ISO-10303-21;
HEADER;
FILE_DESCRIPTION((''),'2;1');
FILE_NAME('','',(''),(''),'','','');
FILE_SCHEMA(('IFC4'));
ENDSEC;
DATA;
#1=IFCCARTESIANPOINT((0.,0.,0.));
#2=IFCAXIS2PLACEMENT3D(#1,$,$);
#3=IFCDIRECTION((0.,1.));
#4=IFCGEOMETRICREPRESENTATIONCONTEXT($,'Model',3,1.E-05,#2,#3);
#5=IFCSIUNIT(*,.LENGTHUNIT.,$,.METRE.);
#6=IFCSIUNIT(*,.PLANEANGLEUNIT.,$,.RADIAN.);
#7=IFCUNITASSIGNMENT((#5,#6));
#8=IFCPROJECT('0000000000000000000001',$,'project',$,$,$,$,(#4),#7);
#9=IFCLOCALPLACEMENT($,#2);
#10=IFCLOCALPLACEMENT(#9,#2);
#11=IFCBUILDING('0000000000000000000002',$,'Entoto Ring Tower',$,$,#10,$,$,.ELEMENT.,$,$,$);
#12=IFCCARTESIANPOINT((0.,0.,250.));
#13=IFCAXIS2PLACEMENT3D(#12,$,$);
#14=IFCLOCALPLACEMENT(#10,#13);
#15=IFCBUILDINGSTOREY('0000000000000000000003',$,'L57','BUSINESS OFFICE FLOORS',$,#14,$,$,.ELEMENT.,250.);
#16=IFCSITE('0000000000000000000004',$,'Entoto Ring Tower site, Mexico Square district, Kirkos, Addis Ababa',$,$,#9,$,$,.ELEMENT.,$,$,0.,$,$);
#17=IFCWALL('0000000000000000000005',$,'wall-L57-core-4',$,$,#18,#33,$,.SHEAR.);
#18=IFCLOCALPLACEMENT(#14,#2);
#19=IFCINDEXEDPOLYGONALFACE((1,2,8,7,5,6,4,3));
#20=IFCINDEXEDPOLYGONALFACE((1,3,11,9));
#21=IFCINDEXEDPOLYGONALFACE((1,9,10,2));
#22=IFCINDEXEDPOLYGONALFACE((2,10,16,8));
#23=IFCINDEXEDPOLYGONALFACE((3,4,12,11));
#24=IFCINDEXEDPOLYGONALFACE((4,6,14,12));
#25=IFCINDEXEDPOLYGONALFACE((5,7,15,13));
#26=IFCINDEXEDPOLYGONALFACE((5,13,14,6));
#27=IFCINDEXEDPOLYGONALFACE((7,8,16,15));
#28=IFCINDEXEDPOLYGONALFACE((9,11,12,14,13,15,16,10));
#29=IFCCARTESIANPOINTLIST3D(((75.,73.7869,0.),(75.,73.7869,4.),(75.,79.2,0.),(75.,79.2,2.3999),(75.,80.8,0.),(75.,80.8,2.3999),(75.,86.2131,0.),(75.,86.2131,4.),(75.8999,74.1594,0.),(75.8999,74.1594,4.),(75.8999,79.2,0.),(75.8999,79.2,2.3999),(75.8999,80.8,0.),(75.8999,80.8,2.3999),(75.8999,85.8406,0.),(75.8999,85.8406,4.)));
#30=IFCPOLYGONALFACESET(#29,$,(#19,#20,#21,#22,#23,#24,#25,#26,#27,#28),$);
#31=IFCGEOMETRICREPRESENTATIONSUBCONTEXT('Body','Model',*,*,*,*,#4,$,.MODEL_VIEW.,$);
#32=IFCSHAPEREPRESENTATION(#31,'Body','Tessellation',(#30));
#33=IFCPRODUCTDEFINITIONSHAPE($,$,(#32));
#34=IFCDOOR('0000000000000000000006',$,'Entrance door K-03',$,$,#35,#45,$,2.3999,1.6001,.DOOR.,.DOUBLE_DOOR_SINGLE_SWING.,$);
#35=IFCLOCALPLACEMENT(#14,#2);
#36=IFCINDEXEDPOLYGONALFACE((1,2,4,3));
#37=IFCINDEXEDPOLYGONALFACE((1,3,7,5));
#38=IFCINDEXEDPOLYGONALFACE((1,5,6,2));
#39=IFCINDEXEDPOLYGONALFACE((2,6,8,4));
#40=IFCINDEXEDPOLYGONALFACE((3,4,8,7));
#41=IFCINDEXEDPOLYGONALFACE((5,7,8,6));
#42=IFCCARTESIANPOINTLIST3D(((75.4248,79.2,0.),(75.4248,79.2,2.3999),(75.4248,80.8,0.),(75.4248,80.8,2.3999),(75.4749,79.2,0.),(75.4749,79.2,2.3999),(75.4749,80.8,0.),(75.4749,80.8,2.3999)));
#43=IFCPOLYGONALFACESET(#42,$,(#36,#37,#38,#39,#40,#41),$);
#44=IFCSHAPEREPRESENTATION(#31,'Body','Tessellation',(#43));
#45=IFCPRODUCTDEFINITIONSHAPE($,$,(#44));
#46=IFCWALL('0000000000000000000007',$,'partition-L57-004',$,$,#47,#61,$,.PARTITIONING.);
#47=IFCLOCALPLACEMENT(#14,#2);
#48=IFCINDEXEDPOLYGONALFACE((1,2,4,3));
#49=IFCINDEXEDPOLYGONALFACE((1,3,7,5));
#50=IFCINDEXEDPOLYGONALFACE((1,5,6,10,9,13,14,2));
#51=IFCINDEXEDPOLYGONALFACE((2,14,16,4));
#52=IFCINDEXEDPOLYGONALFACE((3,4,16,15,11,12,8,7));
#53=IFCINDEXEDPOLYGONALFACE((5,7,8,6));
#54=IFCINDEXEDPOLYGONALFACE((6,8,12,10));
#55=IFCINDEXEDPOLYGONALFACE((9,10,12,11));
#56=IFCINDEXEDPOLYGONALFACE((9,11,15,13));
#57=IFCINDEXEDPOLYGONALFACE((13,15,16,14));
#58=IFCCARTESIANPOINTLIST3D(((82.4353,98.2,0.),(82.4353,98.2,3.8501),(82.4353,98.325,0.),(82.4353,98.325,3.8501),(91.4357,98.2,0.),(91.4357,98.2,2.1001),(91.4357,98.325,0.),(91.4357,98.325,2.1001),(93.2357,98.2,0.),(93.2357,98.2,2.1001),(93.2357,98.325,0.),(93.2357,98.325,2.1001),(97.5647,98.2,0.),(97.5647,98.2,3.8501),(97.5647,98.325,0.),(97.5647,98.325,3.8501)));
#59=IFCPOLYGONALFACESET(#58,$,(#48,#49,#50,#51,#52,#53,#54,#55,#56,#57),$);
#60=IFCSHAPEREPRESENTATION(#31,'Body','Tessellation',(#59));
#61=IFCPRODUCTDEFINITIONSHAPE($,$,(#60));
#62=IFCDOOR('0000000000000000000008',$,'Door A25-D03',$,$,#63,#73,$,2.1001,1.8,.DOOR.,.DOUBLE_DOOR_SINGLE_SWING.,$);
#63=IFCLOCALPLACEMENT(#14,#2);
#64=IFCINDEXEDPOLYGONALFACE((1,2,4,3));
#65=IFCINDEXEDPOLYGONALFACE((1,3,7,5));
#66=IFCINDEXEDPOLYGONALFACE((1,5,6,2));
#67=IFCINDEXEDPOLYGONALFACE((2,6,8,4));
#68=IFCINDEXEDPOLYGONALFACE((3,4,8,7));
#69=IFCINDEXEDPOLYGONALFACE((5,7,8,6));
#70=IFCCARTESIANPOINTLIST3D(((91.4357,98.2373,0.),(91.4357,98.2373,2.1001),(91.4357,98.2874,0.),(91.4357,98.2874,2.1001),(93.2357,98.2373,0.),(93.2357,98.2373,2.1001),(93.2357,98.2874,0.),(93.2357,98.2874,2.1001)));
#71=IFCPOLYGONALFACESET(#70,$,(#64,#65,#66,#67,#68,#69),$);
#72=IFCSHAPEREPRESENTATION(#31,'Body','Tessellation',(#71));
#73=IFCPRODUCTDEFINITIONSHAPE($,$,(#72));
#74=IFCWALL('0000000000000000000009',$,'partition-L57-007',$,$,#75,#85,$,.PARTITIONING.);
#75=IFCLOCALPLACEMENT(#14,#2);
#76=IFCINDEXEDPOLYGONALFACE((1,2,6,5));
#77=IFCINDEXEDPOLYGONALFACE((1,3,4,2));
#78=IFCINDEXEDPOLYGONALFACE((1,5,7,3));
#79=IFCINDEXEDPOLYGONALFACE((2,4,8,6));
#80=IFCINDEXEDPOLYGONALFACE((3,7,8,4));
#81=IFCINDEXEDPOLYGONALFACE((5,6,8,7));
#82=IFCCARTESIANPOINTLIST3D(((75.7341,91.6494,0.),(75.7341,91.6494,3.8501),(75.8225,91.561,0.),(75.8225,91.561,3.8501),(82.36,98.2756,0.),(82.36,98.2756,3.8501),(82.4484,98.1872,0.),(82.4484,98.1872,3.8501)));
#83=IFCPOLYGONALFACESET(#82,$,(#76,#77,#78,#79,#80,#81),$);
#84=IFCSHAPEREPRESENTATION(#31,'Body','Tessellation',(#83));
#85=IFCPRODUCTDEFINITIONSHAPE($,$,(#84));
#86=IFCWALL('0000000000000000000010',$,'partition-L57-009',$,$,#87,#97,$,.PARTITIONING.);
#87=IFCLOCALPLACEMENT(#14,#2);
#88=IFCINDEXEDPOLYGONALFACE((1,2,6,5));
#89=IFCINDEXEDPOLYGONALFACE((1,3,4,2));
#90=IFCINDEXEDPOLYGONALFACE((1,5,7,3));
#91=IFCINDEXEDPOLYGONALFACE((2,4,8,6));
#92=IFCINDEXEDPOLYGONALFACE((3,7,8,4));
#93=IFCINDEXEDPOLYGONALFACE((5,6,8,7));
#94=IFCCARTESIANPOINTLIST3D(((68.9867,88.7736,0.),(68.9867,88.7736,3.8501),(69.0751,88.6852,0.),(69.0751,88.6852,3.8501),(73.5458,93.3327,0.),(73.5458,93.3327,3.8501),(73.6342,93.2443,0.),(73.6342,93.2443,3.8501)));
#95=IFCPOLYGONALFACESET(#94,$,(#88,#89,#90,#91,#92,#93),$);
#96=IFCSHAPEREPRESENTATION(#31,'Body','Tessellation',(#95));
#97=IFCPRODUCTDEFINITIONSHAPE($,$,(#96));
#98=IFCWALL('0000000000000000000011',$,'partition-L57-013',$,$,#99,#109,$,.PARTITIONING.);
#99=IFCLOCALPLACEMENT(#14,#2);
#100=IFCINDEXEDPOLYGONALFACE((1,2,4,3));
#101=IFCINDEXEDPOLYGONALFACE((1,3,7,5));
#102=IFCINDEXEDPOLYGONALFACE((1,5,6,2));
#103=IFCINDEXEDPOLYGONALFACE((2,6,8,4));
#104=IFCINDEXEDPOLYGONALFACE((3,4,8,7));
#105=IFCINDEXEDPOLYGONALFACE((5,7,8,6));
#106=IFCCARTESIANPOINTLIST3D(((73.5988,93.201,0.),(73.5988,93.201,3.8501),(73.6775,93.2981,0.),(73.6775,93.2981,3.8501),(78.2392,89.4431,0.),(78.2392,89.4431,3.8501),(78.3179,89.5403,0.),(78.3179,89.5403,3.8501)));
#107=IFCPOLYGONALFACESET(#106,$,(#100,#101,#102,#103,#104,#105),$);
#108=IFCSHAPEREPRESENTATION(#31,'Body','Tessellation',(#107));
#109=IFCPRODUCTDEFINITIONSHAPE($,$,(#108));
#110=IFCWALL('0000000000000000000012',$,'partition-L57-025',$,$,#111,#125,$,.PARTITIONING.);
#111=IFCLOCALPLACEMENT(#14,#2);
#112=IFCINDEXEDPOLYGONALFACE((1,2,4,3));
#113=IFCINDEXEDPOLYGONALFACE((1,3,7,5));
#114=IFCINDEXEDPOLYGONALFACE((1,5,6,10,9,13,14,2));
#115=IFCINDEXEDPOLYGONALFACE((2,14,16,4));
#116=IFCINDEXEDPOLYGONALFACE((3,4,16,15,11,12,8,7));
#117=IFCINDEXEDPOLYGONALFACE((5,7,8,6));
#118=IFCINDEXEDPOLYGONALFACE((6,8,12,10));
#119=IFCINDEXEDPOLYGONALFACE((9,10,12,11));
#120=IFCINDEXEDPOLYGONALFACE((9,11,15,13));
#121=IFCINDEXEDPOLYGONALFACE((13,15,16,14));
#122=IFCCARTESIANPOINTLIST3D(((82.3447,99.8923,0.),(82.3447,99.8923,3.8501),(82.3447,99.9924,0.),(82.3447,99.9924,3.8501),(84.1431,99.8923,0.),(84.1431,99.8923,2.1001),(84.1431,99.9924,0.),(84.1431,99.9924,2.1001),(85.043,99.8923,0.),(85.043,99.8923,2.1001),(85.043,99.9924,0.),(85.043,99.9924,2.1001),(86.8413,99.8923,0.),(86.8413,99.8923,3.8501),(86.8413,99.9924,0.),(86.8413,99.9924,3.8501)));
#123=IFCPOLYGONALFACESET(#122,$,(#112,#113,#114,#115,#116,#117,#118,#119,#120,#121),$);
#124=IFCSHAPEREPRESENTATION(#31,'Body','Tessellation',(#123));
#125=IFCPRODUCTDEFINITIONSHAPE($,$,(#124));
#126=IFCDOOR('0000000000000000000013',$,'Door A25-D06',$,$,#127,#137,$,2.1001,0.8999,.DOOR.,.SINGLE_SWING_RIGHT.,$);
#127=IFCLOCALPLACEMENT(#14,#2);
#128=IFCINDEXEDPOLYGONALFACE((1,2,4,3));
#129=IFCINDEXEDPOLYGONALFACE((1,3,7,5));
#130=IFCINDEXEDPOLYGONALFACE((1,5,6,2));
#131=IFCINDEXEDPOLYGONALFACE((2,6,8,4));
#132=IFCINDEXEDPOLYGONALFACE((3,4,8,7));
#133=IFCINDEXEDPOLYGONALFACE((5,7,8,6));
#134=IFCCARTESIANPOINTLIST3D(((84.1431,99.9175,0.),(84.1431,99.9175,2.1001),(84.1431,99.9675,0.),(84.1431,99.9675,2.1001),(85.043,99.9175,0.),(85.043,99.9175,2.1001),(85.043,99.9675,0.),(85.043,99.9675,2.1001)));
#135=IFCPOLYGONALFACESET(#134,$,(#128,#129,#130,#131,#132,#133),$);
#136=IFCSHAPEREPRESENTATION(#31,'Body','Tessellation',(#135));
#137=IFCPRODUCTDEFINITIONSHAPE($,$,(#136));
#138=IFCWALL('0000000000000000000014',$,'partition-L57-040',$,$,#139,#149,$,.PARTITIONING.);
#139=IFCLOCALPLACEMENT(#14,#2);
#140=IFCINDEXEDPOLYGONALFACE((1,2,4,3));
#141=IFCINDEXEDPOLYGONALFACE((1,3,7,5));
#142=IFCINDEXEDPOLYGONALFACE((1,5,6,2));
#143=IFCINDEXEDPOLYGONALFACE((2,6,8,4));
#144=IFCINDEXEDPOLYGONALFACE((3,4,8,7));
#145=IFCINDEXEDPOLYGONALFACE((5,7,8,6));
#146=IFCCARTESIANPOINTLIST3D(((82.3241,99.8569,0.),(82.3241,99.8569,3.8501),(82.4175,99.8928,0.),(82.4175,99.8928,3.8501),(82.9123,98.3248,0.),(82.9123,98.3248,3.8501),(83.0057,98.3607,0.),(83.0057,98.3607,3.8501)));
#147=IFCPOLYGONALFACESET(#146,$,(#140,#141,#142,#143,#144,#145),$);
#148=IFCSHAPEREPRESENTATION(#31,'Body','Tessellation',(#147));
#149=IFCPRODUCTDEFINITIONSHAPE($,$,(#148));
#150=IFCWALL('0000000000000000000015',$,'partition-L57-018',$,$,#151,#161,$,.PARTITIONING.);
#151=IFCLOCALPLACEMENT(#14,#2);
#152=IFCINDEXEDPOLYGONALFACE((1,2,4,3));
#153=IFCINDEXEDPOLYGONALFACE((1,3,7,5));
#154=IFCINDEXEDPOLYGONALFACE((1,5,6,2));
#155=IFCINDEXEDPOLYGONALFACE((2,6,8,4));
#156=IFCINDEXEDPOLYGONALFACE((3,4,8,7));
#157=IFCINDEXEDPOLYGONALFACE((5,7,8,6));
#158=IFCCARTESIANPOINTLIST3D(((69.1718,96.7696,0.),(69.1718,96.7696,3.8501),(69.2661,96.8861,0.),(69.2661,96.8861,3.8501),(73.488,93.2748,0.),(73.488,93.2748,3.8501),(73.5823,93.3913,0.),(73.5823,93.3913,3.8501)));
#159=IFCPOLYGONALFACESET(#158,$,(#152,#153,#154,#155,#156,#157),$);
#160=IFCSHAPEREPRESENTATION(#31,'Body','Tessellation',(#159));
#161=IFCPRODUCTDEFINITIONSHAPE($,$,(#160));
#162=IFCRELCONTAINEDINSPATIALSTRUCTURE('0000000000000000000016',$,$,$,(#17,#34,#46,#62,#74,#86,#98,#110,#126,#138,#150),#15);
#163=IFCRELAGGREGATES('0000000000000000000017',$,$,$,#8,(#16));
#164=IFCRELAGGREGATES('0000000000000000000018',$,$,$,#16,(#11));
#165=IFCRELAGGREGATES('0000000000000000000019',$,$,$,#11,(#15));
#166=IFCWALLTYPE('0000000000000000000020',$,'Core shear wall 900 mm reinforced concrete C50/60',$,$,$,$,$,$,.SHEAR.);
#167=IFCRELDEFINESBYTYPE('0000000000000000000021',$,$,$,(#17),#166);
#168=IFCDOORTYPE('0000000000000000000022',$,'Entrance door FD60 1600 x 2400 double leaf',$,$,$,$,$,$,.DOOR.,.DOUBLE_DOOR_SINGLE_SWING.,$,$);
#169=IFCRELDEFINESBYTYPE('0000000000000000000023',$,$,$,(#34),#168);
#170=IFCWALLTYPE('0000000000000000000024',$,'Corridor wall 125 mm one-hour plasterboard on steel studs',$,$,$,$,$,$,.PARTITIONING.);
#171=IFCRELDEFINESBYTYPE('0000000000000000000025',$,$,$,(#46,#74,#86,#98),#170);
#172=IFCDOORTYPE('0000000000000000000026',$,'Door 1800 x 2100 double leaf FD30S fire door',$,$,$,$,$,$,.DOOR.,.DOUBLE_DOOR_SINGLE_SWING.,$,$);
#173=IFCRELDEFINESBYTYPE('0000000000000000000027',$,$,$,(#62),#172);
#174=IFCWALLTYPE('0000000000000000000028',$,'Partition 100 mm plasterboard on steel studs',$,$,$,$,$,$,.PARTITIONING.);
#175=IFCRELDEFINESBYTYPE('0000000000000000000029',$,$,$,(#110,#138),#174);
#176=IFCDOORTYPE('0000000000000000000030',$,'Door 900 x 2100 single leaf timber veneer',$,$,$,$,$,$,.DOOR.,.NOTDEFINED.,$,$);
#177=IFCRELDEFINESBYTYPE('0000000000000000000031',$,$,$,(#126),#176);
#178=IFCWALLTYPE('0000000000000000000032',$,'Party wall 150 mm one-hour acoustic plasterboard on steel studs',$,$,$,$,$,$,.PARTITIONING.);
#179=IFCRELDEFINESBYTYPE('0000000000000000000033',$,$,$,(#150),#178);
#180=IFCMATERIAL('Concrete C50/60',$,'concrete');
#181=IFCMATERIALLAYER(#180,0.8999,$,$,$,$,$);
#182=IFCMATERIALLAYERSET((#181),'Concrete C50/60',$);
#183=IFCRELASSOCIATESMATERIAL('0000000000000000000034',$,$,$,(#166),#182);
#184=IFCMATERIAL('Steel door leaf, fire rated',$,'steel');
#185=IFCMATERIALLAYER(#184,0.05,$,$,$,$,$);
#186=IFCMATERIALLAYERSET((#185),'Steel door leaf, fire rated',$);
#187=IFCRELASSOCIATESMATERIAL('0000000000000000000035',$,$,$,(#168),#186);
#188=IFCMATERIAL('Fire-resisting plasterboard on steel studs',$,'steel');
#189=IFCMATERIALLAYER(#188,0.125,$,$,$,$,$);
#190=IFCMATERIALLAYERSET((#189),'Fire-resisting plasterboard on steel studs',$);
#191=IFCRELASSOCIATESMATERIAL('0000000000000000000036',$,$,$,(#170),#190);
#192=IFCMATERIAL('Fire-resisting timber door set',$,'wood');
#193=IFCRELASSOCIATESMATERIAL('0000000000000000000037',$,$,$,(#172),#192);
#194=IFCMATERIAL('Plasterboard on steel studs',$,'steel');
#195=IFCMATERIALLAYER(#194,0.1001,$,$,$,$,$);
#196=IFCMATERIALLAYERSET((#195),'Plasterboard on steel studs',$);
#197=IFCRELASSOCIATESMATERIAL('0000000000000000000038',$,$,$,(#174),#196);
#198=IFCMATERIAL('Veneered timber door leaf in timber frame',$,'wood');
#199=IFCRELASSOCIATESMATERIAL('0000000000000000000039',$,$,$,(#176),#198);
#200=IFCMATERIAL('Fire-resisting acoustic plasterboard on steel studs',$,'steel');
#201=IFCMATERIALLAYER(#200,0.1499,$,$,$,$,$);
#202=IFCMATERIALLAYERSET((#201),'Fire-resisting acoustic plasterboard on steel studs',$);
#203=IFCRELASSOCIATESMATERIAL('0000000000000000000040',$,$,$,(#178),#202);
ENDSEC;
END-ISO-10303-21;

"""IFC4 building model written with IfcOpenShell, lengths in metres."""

from ifc_helpers import new_model, si_unit, direction, frame, frame_2d, origin, place, context, subcontext, project, spatial, polyline, rectangle, outline, extrude, material, layer, layer_set, type_object, element, fill, save


model = new_model("IFC4")

# Units and contexts
model_context = context("Model", 3, precision=1e-05, world=origin(), true_north=direction((0.0, 1.0)))
body_context = subcontext(model_context, "Body", "Model", "MODEL_VIEW")
ifc_project = project(units=[si_unit("LENGTHUNIT", "METRE"), si_unit("PLANEANGLEUNIT", "RADIAN")], contexts=[model_context])

# Site, building, storey
site_placement = place(None, origin())
site = spatial("IfcSite", under=ifc_project, at=site_placement, Name="Entoto Ring Tower site, Mexico Square district, Kirkos, Addis Ababa", CompositionType="ELEMENT", RefElevation=0.0)
building_placement = place(site_placement, origin())
building = spatial("IfcBuilding", under=site, at=building_placement, Name="Entoto Ring Tower", CompositionType="ELEMENT")
storey_placement = place(building_placement, frame((0.0, 0.0, 250.0)))
storey = spatial("IfcBuildingStorey", under=building, at=storey_placement, Name="L57", Description="BUSINESS OFFICE FLOORS", CompositionType="ELEMENT", Elevation=250.0)

# Shared definitions
ifc_material_1 = material(Name="Concrete C50/60", Category="concrete")
ifc_layer_1 = layer(ifc_material_1, 0.8999)
ifc_layer_set_1 = layer_set([ifc_layer_1], Name="Concrete C50/60")
wall_type_1 = type_object("IfcWallType", Name="Core shear wall 900 mm reinforced concrete C50/60", PredefinedType="SHEAR", material=ifc_layer_set_1)

# Walls, openings, doors
wall_1_placement = place(storey_placement, frame((75.45, 86.0269, 0.0), z_axis=(0.0, 0.0, 1.0), x_axis=(0.0, -1.0, 0.0)))
wall_1 = element("IfcWall", 1, at=wall_1_placement, inside=storey, type_object=wall_type_1, Name="wall-L57-core-4", PredefinedType="SHEAR", context=body_context, shape_type="SweptSolid", body=[
    extrude(outline(polyline([(-0.1863, -0.45), (12.24, -0.45), (11.8674, 0.45), (0.1863, 0.45), (-0.1863, -0.45)])), origin(), (0.0, 0.0, 1.0), 4.0),
])
opening_1_placement = place(wall_1_placement, frame((5.2268, 0.0, 0.0)))
opening_1 = element("IfcOpeningElement", 2, at=opening_1_placement, cuts=wall_1, PredefinedType="OPENING", context=body_context, shape_type="SweptSolid", body=[
    extrude(rectangle(XDim=1.6001, YDim=2.3999, at=frame_2d((0.8, 1.2))), frame((0.0, 0.46, 0.0), z_axis=(0.0, -1.0, 0.0), x_axis=(1.0, 0.0, 0.0)), (0.0, 0.0, 1.0), 0.9199),
])
ifc_material_2 = material(Name="Steel door leaf, fire rated", Category="steel")
ifc_layer_2 = layer(ifc_material_2, 0.05)
ifc_layer_set_2 = layer_set([ifc_layer_2], Name="Steel door leaf, fire rated")
door_type_1 = type_object("IfcDoorType", Name="Entrance door FD60 1600 x 2400 double leaf", OperationType="DOUBLE_DOOR_SINGLE_SWING", PredefinedType="DOOR", material=ifc_layer_set_2)
door_1_placement = place(opening_1_placement, origin())
door_1 = element("IfcDoor", 3, at=door_1_placement, inside=storey, type_object=door_type_1, Name="Entrance door K-03", OperationType="DOUBLE_DOOR_SINGLE_SWING", OverallHeight=2.3999, OverallWidth=1.6001, PredefinedType="DOOR", context=body_context, shape_type="SweptSolid", body=[
    extrude(rectangle(XDim=1.6001, YDim=2.3999, at=frame_2d((0.8, 1.2))), frame((0.0, 0.0249, 0.0), z_axis=(0.0, -1.0, 0.0), x_axis=(1.0, 0.0, 0.0)), (0.0, 0.0, 1.0), 0.05),
])
fill(opening_1, door_1)
ifc_material_3 = material(Name="Fire-resisting plasterboard on steel studs", Category="steel")
ifc_layer_3 = layer(ifc_material_3, 0.125)
ifc_layer_set_3 = layer_set([ifc_layer_3], Name="Fire-resisting plasterboard on steel studs")
wall_type_2 = type_object("IfcWallType", Name="Corridor wall 125 mm one-hour plasterboard on steel studs", PredefinedType="PARTITIONING", material=ifc_layer_set_3)
wall_2_placement = place(storey_placement, frame((82.4353, 98.2625, 0.0), z_axis=(0.0, 0.0, 1.0), x_axis=(1.0, 0.0, 0.0)))
wall_2 = element("IfcWall", 4, at=wall_2_placement, inside=storey, type_object=wall_type_2, Name="partition-L57-004", PredefinedType="PARTITIONING", context=body_context, shape_type="SweptSolid", body=[
    extrude(rectangle(XDim=15.1294, YDim=0.125, at=frame_2d((7.5647, 0.0))), origin(), (0.0, 0.0, 1.0), 3.8501),
])
opening_2_placement = place(wall_2_placement, frame((9.0005, 0.0, 0.0)))
opening_2 = element("IfcOpeningElement", 5, at=opening_2_placement, cuts=wall_2, PredefinedType="OPENING", context=body_context, shape_type="SweptSolid", body=[
    extrude(rectangle(XDim=1.8, YDim=2.1001, at=frame_2d((0.8999, 1.05))), frame((0.0, 0.0725, 0.0), z_axis=(0.0, -1.0, 0.0), x_axis=(1.0, 0.0, 0.0)), (0.0, 0.0, 1.0), 0.145),
])
ifc_material_4 = material(Name="Fire-resisting timber door set", Category="wood")
door_type_2 = type_object("IfcDoorType", Name="Door 1800 x 2100 double leaf FD30S fire door", OperationType="DOUBLE_DOOR_SINGLE_SWING", PredefinedType="DOOR", material=ifc_material_4)
door_2_placement = place(opening_2_placement, origin())
door_2 = element("IfcDoor", 6, at=door_2_placement, inside=storey, type_object=door_type_2, Name="Door A25-D03", OperationType="DOUBLE_DOOR_SINGLE_SWING", OverallHeight=2.1001, OverallWidth=1.8, PredefinedType="DOOR", context=body_context, shape_type="SweptSolid", body=[
    extrude(rectangle(XDim=1.8, YDim=2.1001, at=frame_2d((0.8999, 1.05))), frame((0.0, 0.0249, 0.0), z_axis=(0.0, -1.0, 0.0), x_axis=(1.0, 0.0, 0.0)), (0.0, 0.0, 1.0), 0.05),
])
fill(opening_2, door_2)

# Walls
wall_3_placement = place(storey_placement, frame((75.7783, 91.6052, 0.0), z_axis=(0.0, 0.0, 1.0), x_axis=(0.707094, 0.70712, 0.0)))
element("IfcWall", 7, at=wall_3_placement, inside=storey, type_object=wall_type_2, Name="partition-L57-007", PredefinedType="PARTITIONING", context=body_context, shape_type="SweptSolid", body=[
    extrude(rectangle(XDim=9.3706, YDim=0.125, at=frame_2d((4.6853, 0.0))), origin(), (0.0, 0.0, 1.0), 3.8501),
])
wall_4_placement = place(storey_placement, frame((69.031, 88.7295, 0.0), z_axis=(0.0, 0.0, 1.0), x_axis=(0.707107, 0.707107, 0.0)))
element("IfcWall", 8, at=wall_4_placement, inside=storey, type_object=wall_type_2, Name="partition-L57-009", PredefinedType="PARTITIONING", context=body_context, shape_type="SweptSolid", body=[
    extrude(rectangle(XDim=6.4475, YDim=0.125, at=frame_2d((3.2236, 0.0))), origin(), (0.0, 0.0, 1.0), 3.8501),
])
wall_5_placement = place(storey_placement, frame((78.2786, 89.4917, 0.0), z_axis=(0.0, 0.0, 1.0), x_axis=(-0.777137, 0.629331, 0.0)))
element("IfcWall", 9, at=wall_5_placement, inside=storey, type_object=wall_type_2, Name="partition-L57-013", PredefinedType="PARTITIONING", context=body_context, shape_type="SweptSolid", body=[
    extrude(rectangle(XDim=5.9712, YDim=0.125, at=frame_2d((2.9856, 0.0))), origin(), (0.0, 0.0, 1.0), 3.8501),
])

# Wall, opening, door
ifc_material_5 = material(Name="Plasterboard on steel studs", Category="steel")
ifc_layer_4 = layer(ifc_material_5, 0.1001)
ifc_layer_set_4 = layer_set([ifc_layer_4], Name="Plasterboard on steel studs")
wall_type_3 = type_object("IfcWallType", Name="Partition 100 mm plasterboard on steel studs", PredefinedType="PARTITIONING", material=ifc_layer_set_4)
wall_6_placement = place(storey_placement, frame((82.3447, 99.9424, 0.0), z_axis=(0.0, 0.0, 1.0), x_axis=(1.0, 0.0, 0.0)))
wall_6 = element("IfcWall", 10, at=wall_6_placement, inside=storey, type_object=wall_type_3, Name="partition-L57-025", PredefinedType="PARTITIONING", context=body_context, shape_type="SweptSolid", body=[
    extrude(rectangle(XDim=4.4966, YDim=0.1001, at=frame_2d((2.2483, 0.0))), origin(), (0.0, 0.0, 1.0), 3.8501),
])
opening_3_placement = place(wall_6_placement, frame((1.7983, 0.0, 0.0)))
opening_3 = element("IfcOpeningElement", 11, at=opening_3_placement, cuts=wall_6, PredefinedType="OPENING", context=body_context, shape_type="SweptSolid", body=[
    extrude(rectangle(XDim=0.8999, YDim=2.1001, at=frame_2d((0.45, 1.05))), frame((0.0, 0.0601, 0.0), z_axis=(0.0, -1.0, 0.0), x_axis=(1.0, 0.0, 0.0)), (0.0, 0.0, 1.0), 0.1201),
])
ifc_material_6 = material(Name="Veneered timber door leaf in timber frame", Category="wood")
door_type_3 = type_object("IfcDoorType", Name="Door 900 x 2100 single leaf timber veneer", OperationType="NOTDEFINED", PredefinedType="DOOR", material=ifc_material_6)
door_3_placement = place(opening_3_placement, frame((0.8999, 0.0, 0.0), z_axis=(0.0, 0.0, 1.0), x_axis=(-1.0, 0.0, 0.0)))
door_3 = element("IfcDoor", 12, at=door_3_placement, inside=storey, type_object=door_type_3, Name="Door A25-D06", OperationType="SINGLE_SWING_RIGHT", OverallHeight=2.1001, OverallWidth=0.8999, PredefinedType="DOOR", context=body_context, shape_type="SweptSolid", body=[
    extrude(rectangle(XDim=0.8999, YDim=2.1001, at=frame_2d((0.45, 1.05))), frame((0.0, 0.0249, 0.0), z_axis=(0.0, -1.0, 0.0), x_axis=(1.0, 0.0, 0.0)), (0.0, 0.0, 1.0), 0.05),
])
fill(opening_3, door_3)

# Walls
wall_7_placement = place(storey_placement, frame((82.959, 98.3428, 0.0), z_axis=(0.0, 0.0, 1.0), x_axis=(-0.358401, 0.933568, 0.0)))
element("IfcWall", 13, at=wall_7_placement, inside=storey, type_object=wall_type_3, Name="partition-L57-040", PredefinedType="PARTITIONING", context=body_context, shape_type="SweptSolid", body=[
    extrude(rectangle(XDim=1.6411, YDim=0.1001, at=frame_2d((0.8206, 0.0))), origin(), (0.0, 0.0, 1.0), 3.8501),
])
ifc_material_7 = material(Name="Fire-resisting acoustic plasterboard on steel studs", Category="steel")
ifc_layer_5 = layer(ifc_material_7, 0.1499)
ifc_layer_set_5 = layer_set([ifc_layer_5], Name="Fire-resisting acoustic plasterboard on steel studs")
wall_type_4 = type_object("IfcWallType", Name="Party wall 150 mm one-hour acoustic plasterboard on steel studs", PredefinedType="PARTITIONING", material=ifc_layer_set_5)
wall_8_placement = place(storey_placement, frame((73.5352, 93.333, 0.0), z_axis=(0.0, 0.0, 1.0), x_axis=(-0.777171, 0.629289, 0.0)))
element("IfcWall", 14, at=wall_8_placement, inside=storey, type_object=wall_type_4, Name="partition-L57-018", PredefinedType="PARTITIONING", context=body_context, shape_type="SweptSolid", body=[
    extrude(rectangle(XDim=5.5537, YDim=0.1499, at=frame_2d((2.7769, 0.0))), origin(), (0.0, 0.0, 1.0), 3.8501),
])

save(model, "model.ifc")
